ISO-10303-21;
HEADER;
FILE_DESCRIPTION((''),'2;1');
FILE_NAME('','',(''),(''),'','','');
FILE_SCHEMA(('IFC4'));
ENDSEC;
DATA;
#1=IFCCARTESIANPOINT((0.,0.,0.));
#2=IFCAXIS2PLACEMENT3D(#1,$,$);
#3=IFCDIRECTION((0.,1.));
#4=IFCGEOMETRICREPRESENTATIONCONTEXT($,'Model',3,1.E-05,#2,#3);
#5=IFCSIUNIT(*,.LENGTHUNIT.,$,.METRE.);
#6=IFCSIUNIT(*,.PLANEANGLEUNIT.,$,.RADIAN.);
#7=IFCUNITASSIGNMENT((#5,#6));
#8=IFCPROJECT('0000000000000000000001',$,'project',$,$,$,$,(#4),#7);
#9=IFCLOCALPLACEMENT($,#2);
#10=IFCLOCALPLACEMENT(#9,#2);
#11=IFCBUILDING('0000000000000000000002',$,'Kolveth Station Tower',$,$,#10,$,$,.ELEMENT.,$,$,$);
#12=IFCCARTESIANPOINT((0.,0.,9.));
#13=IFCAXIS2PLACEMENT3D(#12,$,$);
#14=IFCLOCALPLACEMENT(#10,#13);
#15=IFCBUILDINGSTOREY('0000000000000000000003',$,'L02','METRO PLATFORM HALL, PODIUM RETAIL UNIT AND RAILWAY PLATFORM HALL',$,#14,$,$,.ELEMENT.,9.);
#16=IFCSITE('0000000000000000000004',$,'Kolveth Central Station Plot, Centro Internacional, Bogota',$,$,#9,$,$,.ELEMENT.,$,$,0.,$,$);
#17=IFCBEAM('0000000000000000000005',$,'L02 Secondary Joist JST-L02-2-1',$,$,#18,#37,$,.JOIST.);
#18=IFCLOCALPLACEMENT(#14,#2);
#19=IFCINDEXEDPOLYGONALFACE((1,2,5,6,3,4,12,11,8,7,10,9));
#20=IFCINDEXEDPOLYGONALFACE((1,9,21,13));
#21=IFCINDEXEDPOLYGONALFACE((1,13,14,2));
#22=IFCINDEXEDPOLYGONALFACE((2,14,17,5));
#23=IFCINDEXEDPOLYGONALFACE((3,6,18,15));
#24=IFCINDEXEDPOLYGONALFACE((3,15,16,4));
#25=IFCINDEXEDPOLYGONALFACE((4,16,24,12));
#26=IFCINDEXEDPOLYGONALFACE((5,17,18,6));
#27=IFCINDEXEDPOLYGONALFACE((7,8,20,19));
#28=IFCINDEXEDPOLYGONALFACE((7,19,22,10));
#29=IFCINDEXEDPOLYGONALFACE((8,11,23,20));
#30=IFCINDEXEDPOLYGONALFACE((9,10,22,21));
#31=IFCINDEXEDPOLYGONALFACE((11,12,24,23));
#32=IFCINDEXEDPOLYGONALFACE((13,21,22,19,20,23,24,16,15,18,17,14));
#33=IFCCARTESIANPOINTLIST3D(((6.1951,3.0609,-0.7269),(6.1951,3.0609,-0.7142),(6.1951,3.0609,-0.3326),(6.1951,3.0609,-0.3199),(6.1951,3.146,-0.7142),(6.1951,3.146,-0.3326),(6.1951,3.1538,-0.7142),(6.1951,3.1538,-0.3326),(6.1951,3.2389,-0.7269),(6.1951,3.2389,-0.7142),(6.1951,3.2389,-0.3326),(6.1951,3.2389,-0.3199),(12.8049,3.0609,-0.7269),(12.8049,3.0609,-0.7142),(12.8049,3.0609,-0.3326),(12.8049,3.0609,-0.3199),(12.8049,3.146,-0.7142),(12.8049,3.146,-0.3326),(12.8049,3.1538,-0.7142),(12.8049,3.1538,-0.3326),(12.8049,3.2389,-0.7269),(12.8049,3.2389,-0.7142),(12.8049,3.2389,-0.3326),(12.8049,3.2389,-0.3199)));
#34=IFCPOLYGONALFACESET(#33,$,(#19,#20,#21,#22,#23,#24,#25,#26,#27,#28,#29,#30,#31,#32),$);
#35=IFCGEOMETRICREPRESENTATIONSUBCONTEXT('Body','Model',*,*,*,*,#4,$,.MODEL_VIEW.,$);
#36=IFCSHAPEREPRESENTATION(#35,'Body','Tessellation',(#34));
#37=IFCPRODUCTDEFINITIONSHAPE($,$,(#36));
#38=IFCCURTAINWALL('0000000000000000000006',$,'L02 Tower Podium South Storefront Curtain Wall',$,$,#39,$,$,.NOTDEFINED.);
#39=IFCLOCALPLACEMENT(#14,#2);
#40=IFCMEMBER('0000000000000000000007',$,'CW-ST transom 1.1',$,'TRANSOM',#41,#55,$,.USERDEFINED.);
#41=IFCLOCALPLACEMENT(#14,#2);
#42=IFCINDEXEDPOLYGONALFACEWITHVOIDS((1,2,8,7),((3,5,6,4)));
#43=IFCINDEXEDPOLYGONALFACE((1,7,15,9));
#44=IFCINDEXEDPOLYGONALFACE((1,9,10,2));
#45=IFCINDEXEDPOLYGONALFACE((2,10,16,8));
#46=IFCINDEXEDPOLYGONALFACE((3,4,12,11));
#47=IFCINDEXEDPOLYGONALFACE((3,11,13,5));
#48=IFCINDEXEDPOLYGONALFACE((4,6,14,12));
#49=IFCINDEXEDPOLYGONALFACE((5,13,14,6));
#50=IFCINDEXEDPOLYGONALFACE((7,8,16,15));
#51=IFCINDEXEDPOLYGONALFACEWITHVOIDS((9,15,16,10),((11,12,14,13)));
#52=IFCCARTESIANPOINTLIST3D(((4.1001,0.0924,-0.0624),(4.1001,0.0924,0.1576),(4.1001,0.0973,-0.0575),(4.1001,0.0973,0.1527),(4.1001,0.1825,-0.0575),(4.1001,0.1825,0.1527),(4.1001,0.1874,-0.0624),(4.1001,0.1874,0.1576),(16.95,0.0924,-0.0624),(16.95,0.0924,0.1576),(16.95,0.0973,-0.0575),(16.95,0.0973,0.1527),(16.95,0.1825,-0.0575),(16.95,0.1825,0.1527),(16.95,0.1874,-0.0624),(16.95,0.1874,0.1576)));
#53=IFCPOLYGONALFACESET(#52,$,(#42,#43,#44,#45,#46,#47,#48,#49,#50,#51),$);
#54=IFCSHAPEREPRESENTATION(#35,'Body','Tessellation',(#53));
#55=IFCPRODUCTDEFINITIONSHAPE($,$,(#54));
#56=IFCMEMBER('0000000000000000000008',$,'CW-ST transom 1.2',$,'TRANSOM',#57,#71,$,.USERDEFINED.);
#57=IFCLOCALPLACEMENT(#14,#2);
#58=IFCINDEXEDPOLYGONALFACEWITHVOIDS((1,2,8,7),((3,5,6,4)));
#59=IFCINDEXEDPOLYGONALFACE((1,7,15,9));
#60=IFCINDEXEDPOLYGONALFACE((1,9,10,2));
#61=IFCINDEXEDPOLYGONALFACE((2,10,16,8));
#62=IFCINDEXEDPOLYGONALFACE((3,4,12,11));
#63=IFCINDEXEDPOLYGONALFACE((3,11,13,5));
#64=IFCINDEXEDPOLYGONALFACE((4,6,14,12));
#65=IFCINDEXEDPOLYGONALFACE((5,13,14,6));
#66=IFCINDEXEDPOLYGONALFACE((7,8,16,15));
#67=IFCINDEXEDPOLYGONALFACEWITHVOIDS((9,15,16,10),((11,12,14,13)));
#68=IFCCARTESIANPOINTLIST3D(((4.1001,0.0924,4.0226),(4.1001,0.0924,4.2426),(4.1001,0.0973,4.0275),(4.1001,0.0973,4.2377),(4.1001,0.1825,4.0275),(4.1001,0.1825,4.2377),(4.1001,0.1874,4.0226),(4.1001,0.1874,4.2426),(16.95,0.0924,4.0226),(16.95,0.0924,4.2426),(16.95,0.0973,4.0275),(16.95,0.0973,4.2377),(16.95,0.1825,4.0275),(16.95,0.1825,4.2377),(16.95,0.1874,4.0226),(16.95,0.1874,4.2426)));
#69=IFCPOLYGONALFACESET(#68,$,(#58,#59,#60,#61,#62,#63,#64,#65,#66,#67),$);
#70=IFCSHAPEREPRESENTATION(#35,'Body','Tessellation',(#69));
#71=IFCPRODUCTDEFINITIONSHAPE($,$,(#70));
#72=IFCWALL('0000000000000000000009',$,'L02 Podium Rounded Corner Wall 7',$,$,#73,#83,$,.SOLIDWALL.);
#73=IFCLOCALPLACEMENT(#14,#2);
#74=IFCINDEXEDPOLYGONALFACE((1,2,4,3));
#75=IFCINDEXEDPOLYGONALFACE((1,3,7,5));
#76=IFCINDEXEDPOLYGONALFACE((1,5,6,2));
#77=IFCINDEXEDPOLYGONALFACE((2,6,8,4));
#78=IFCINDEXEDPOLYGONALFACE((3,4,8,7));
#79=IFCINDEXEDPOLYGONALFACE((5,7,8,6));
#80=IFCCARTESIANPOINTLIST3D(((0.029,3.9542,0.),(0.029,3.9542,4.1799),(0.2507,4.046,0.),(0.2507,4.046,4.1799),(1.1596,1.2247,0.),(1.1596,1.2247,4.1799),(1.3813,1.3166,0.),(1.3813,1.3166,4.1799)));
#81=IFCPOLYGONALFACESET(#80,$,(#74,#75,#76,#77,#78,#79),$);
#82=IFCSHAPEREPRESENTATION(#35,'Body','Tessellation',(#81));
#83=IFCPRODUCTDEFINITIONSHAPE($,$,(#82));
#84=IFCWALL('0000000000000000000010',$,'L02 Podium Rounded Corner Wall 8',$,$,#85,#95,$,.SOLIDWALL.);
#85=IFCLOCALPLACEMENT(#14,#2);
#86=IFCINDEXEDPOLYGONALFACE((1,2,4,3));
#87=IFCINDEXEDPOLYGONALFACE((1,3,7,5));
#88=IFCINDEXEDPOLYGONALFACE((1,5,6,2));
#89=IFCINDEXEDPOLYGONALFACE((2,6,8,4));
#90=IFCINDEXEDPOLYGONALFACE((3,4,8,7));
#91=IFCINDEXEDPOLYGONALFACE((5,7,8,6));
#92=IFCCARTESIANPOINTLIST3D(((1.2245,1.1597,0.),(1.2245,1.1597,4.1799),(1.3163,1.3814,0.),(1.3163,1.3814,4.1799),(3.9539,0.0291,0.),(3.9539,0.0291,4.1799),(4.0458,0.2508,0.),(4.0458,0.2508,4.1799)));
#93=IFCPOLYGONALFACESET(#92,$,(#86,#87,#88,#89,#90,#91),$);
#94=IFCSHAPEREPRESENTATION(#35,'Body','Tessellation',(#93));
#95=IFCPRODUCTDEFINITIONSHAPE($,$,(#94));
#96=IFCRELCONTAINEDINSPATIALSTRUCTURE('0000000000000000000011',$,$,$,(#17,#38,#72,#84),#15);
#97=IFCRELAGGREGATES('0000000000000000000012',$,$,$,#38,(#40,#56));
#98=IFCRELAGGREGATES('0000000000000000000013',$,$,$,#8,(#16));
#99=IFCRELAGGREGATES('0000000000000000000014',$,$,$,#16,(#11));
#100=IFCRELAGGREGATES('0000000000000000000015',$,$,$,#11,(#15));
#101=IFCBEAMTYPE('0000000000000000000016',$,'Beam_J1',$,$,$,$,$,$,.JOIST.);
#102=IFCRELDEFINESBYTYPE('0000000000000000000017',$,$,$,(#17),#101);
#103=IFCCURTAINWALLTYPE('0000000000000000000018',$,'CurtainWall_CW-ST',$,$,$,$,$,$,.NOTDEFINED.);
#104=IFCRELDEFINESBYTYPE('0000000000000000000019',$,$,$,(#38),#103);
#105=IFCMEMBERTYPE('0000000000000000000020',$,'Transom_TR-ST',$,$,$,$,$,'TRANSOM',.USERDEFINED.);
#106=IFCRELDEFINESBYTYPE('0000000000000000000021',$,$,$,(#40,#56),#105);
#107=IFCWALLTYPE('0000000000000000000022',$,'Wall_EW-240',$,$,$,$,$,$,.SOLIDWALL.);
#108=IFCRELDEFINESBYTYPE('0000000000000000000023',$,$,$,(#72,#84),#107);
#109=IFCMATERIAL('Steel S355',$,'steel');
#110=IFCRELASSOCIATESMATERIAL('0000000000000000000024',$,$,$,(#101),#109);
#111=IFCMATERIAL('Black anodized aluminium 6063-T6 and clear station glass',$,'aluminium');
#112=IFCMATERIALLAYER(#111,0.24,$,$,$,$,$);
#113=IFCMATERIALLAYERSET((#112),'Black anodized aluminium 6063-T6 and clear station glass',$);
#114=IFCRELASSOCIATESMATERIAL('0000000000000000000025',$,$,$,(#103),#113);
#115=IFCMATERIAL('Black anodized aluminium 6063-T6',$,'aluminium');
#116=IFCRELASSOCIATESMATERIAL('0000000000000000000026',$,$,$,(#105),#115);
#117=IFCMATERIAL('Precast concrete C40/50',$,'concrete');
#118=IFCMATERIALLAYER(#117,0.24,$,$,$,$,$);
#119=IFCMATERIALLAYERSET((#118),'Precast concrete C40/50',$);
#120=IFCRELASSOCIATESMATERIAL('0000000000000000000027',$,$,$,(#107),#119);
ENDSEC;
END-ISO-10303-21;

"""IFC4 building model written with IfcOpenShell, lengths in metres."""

from ifc_helpers import new_model, si_unit, direction, frame, frame_2d, origin, origin_2d, place, context, subcontext, project, spatial, rectangle, hollow_rectangle, i_section, extrude, source, transform, mapped, material, layer, layer_set, material_profile, profile_set, type_object, element, aggregate, save


model = new_model("IFC4")

# Units and contexts
model_context = context("Model", 3, precision=1e-05, world=origin(), true_north=direction((0.0, 1.0)))
body_context = subcontext(model_context, "Body", "Model", "MODEL_VIEW")
ifc_project = project(units=[si_unit("LENGTHUNIT", "METRE"), si_unit("PLANEANGLEUNIT", "RADIAN")], contexts=[model_context])

# Site, building, storey
site_placement = place(None, origin())
site = spatial("IfcSite", under=ifc_project, at=site_placement, Name="Kolveth Central Station Plot, Centro Internacional, Bogota", CompositionType="ELEMENT", RefElevation=0.0)
building_placement = place(site_placement, origin())
building = spatial("IfcBuilding", under=site, at=building_placement, Name="Kolveth Station Tower", CompositionType="ELEMENT")
storey_placement = place(building_placement, frame((0.0, 0.0, 9.0)))
storey = spatial("IfcBuildingStorey", under=building, at=storey_placement, Name="L02", Description="METRO PLATFORM HALL, PODIUM RETAIL UNIT AND RAILWAY PLATFORM HALL", CompositionType="ELEMENT", Elevation=9.0)

# Beam
ifc_material_1 = material(Name="Steel S355", Category="steel")
ifc_material_profile_1 = material_profile(ifc_material_1, i_section(OverallWidth=0.178, OverallDepth=0.407, WebThickness=0.0078, FlangeThickness=0.0127, at=origin_2d()), Name="W410x60")
ifc_profile_set_1 = profile_set([ifc_material_profile_1], Name="Steel S355")
beam_type_1 = type_object("IfcBeamType", Name="Beam_J1", PredefinedType="JOIST", material=ifc_profile_set_1)
shared_shape_1 = source(origin(), body_context, "Body", "SweptSolid", [
    extrude(i_section(OverallWidth=0.178, OverallDepth=0.407, WebThickness=0.0078, FlangeThickness=0.0127, at=origin_2d()), origin(), (0.0, 0.0, 1.0), 6.6099),
])
beam_1_placement = place(storey_placement, frame((6.1951, 3.1499, -0.5234), z_axis=(1.0, 0.0, 0.0), x_axis=(0.0, 1.0, 0.0)))
element("IfcBeam", 1, at=beam_1_placement, inside=storey, type_object=beam_type_1, Name="L02 Secondary Joist JST-L02-2-1", PredefinedType="JOIST", context=body_context, shape_type="MappedRepresentation", body=[
    mapped(shared_shape_1, transform((0.0, 0.0, 0.0), x_axis=(1.0, 0.0, 0.0), y_axis=(0.0, 1.0, 0.0), z_axis=(0.0, 0.0, 1.0), scale=1.0)),
])

# Curtain wall, members
ifc_material_2 = material(Name="Black anodized aluminium 6063-T6 and clear station glass", Category="aluminium")
ifc_layer_1 = layer(ifc_material_2, 0.24)
ifc_layer_set_1 = layer_set([ifc_layer_1], Name="Black anodized aluminium 6063-T6 and clear station glass")
curtain_wall_type = type_object("IfcCurtainWallType", Name="CurtainWall_CW-ST", PredefinedType="NOTDEFINED", material=ifc_layer_set_1)
curtain_wall_placement = place(storey_placement, origin())
curtain_wall = element("IfcCurtainWall", 2, at=curtain_wall_placement, inside=storey, type_object=curtain_wall_type, Name="L02 Tower Podium South Storefront Curtain Wall", PredefinedType="NOTDEFINED")
ifc_material_3 = material(Name="Black anodized aluminium 6063-T6", Category="aluminium")
ifc_material_profile_2 = material_profile(ifc_material_3, hollow_rectangle(XDim=0.095, YDim=0.22, WallThickness=0.0049, at=origin_2d()), Name="ALU-95x220x5")
ifc_profile_set_2 = profile_set([ifc_material_profile_2], Name="Black anodized aluminium 6063-T6")
member_type = type_object("IfcMemberType", Name="Transom_TR-ST", ElementType="TRANSOM", PredefinedType="USERDEFINED", material=ifc_profile_set_2)
shared_shape_2 = source(origin(), body_context, "Body", "SweptSolid", [
    extrude(hollow_rectangle(XDim=0.095, YDim=0.22, WallThickness=0.0049, at=origin_2d()), origin(), (0.0, 0.0, 1.0), 12.8499),
])
member_1_placement = place(storey_placement, frame((4.1001, 0.1399, 0.0476), z_axis=(1.0, 0.0, 0.0), x_axis=(0.0, 1.0, 0.0)))
member_1 = element("IfcMember", 3, at=member_1_placement, type_object=member_type, Name="CW-ST transom 1.1", ObjectType="TRANSOM", PredefinedType="USERDEFINED", context=body_context, shape_type="MappedRepresentation", body=[
    mapped(shared_shape_2, transform((0.0, 0.0, 0.0), x_axis=(1.0, 0.0, 0.0), y_axis=(0.0, 1.0, 0.0), z_axis=(0.0, 0.0, 1.0), scale=1.0)),
])
member_2_placement = place(storey_placement, frame((4.1001, 0.1399, 4.1326), z_axis=(1.0, 0.0, 0.0), x_axis=(0.0, 1.0, 0.0)))
member_2 = element("IfcMember", 4, at=member_2_placement, type_object=member_type, Name="CW-ST transom 1.2", ObjectType="TRANSOM", PredefinedType="USERDEFINED", context=body_context, shape_type="MappedRepresentation", body=[
    mapped(shared_shape_2, transform((0.0, 0.0, 0.0), x_axis=(1.0, 0.0, 0.0), y_axis=(0.0, 1.0, 0.0), z_axis=(0.0, 0.0, 1.0), scale=1.0)),
])
aggregate(curtain_wall, [member_1, member_2])

# Walls
ifc_material_4 = material(Name="Precast concrete C40/50", Category="concrete")
ifc_layer_2 = layer(ifc_material_4, 0.24)
ifc_layer_set_2 = layer_set([ifc_layer_2], Name="Precast concrete C40/50")
wall_type_1 = type_object("IfcWallType", Name="Wall_EW-240", PredefinedType="SOLIDWALL", material=ifc_layer_set_2)
for number, where, z_axis, x_axis, name in (
    (5, (0.1399, 4.0, 0.0), (0.0, 0.0, 1.0), (0.38269, -0.923877, 0.0), "L02 Podium Rounded Corner Wall 7"),
    (6, (1.2705, 1.2705, 0.0), (0.0, 0.0, 1.0), (0.923877, -0.38269, 0.0), "L02 Podium Rounded Corner Wall 8"),
):
    element("IfcWall", number, at=place(storey_placement, frame(where, z_axis=z_axis, x_axis=x_axis)), inside=storey, type_object=wall_type_1, Name=name, PredefinedType="SOLIDWALL", context=body_context, shape_type="SweptSolid", body=[
        extrude(rectangle(XDim=2.9543, YDim=0.24, at=frame_2d((1.4771, 0.0))), origin(), (0.0, 0.0, 1.0), 4.1799),
    ])

save(model, "model.ifc")
